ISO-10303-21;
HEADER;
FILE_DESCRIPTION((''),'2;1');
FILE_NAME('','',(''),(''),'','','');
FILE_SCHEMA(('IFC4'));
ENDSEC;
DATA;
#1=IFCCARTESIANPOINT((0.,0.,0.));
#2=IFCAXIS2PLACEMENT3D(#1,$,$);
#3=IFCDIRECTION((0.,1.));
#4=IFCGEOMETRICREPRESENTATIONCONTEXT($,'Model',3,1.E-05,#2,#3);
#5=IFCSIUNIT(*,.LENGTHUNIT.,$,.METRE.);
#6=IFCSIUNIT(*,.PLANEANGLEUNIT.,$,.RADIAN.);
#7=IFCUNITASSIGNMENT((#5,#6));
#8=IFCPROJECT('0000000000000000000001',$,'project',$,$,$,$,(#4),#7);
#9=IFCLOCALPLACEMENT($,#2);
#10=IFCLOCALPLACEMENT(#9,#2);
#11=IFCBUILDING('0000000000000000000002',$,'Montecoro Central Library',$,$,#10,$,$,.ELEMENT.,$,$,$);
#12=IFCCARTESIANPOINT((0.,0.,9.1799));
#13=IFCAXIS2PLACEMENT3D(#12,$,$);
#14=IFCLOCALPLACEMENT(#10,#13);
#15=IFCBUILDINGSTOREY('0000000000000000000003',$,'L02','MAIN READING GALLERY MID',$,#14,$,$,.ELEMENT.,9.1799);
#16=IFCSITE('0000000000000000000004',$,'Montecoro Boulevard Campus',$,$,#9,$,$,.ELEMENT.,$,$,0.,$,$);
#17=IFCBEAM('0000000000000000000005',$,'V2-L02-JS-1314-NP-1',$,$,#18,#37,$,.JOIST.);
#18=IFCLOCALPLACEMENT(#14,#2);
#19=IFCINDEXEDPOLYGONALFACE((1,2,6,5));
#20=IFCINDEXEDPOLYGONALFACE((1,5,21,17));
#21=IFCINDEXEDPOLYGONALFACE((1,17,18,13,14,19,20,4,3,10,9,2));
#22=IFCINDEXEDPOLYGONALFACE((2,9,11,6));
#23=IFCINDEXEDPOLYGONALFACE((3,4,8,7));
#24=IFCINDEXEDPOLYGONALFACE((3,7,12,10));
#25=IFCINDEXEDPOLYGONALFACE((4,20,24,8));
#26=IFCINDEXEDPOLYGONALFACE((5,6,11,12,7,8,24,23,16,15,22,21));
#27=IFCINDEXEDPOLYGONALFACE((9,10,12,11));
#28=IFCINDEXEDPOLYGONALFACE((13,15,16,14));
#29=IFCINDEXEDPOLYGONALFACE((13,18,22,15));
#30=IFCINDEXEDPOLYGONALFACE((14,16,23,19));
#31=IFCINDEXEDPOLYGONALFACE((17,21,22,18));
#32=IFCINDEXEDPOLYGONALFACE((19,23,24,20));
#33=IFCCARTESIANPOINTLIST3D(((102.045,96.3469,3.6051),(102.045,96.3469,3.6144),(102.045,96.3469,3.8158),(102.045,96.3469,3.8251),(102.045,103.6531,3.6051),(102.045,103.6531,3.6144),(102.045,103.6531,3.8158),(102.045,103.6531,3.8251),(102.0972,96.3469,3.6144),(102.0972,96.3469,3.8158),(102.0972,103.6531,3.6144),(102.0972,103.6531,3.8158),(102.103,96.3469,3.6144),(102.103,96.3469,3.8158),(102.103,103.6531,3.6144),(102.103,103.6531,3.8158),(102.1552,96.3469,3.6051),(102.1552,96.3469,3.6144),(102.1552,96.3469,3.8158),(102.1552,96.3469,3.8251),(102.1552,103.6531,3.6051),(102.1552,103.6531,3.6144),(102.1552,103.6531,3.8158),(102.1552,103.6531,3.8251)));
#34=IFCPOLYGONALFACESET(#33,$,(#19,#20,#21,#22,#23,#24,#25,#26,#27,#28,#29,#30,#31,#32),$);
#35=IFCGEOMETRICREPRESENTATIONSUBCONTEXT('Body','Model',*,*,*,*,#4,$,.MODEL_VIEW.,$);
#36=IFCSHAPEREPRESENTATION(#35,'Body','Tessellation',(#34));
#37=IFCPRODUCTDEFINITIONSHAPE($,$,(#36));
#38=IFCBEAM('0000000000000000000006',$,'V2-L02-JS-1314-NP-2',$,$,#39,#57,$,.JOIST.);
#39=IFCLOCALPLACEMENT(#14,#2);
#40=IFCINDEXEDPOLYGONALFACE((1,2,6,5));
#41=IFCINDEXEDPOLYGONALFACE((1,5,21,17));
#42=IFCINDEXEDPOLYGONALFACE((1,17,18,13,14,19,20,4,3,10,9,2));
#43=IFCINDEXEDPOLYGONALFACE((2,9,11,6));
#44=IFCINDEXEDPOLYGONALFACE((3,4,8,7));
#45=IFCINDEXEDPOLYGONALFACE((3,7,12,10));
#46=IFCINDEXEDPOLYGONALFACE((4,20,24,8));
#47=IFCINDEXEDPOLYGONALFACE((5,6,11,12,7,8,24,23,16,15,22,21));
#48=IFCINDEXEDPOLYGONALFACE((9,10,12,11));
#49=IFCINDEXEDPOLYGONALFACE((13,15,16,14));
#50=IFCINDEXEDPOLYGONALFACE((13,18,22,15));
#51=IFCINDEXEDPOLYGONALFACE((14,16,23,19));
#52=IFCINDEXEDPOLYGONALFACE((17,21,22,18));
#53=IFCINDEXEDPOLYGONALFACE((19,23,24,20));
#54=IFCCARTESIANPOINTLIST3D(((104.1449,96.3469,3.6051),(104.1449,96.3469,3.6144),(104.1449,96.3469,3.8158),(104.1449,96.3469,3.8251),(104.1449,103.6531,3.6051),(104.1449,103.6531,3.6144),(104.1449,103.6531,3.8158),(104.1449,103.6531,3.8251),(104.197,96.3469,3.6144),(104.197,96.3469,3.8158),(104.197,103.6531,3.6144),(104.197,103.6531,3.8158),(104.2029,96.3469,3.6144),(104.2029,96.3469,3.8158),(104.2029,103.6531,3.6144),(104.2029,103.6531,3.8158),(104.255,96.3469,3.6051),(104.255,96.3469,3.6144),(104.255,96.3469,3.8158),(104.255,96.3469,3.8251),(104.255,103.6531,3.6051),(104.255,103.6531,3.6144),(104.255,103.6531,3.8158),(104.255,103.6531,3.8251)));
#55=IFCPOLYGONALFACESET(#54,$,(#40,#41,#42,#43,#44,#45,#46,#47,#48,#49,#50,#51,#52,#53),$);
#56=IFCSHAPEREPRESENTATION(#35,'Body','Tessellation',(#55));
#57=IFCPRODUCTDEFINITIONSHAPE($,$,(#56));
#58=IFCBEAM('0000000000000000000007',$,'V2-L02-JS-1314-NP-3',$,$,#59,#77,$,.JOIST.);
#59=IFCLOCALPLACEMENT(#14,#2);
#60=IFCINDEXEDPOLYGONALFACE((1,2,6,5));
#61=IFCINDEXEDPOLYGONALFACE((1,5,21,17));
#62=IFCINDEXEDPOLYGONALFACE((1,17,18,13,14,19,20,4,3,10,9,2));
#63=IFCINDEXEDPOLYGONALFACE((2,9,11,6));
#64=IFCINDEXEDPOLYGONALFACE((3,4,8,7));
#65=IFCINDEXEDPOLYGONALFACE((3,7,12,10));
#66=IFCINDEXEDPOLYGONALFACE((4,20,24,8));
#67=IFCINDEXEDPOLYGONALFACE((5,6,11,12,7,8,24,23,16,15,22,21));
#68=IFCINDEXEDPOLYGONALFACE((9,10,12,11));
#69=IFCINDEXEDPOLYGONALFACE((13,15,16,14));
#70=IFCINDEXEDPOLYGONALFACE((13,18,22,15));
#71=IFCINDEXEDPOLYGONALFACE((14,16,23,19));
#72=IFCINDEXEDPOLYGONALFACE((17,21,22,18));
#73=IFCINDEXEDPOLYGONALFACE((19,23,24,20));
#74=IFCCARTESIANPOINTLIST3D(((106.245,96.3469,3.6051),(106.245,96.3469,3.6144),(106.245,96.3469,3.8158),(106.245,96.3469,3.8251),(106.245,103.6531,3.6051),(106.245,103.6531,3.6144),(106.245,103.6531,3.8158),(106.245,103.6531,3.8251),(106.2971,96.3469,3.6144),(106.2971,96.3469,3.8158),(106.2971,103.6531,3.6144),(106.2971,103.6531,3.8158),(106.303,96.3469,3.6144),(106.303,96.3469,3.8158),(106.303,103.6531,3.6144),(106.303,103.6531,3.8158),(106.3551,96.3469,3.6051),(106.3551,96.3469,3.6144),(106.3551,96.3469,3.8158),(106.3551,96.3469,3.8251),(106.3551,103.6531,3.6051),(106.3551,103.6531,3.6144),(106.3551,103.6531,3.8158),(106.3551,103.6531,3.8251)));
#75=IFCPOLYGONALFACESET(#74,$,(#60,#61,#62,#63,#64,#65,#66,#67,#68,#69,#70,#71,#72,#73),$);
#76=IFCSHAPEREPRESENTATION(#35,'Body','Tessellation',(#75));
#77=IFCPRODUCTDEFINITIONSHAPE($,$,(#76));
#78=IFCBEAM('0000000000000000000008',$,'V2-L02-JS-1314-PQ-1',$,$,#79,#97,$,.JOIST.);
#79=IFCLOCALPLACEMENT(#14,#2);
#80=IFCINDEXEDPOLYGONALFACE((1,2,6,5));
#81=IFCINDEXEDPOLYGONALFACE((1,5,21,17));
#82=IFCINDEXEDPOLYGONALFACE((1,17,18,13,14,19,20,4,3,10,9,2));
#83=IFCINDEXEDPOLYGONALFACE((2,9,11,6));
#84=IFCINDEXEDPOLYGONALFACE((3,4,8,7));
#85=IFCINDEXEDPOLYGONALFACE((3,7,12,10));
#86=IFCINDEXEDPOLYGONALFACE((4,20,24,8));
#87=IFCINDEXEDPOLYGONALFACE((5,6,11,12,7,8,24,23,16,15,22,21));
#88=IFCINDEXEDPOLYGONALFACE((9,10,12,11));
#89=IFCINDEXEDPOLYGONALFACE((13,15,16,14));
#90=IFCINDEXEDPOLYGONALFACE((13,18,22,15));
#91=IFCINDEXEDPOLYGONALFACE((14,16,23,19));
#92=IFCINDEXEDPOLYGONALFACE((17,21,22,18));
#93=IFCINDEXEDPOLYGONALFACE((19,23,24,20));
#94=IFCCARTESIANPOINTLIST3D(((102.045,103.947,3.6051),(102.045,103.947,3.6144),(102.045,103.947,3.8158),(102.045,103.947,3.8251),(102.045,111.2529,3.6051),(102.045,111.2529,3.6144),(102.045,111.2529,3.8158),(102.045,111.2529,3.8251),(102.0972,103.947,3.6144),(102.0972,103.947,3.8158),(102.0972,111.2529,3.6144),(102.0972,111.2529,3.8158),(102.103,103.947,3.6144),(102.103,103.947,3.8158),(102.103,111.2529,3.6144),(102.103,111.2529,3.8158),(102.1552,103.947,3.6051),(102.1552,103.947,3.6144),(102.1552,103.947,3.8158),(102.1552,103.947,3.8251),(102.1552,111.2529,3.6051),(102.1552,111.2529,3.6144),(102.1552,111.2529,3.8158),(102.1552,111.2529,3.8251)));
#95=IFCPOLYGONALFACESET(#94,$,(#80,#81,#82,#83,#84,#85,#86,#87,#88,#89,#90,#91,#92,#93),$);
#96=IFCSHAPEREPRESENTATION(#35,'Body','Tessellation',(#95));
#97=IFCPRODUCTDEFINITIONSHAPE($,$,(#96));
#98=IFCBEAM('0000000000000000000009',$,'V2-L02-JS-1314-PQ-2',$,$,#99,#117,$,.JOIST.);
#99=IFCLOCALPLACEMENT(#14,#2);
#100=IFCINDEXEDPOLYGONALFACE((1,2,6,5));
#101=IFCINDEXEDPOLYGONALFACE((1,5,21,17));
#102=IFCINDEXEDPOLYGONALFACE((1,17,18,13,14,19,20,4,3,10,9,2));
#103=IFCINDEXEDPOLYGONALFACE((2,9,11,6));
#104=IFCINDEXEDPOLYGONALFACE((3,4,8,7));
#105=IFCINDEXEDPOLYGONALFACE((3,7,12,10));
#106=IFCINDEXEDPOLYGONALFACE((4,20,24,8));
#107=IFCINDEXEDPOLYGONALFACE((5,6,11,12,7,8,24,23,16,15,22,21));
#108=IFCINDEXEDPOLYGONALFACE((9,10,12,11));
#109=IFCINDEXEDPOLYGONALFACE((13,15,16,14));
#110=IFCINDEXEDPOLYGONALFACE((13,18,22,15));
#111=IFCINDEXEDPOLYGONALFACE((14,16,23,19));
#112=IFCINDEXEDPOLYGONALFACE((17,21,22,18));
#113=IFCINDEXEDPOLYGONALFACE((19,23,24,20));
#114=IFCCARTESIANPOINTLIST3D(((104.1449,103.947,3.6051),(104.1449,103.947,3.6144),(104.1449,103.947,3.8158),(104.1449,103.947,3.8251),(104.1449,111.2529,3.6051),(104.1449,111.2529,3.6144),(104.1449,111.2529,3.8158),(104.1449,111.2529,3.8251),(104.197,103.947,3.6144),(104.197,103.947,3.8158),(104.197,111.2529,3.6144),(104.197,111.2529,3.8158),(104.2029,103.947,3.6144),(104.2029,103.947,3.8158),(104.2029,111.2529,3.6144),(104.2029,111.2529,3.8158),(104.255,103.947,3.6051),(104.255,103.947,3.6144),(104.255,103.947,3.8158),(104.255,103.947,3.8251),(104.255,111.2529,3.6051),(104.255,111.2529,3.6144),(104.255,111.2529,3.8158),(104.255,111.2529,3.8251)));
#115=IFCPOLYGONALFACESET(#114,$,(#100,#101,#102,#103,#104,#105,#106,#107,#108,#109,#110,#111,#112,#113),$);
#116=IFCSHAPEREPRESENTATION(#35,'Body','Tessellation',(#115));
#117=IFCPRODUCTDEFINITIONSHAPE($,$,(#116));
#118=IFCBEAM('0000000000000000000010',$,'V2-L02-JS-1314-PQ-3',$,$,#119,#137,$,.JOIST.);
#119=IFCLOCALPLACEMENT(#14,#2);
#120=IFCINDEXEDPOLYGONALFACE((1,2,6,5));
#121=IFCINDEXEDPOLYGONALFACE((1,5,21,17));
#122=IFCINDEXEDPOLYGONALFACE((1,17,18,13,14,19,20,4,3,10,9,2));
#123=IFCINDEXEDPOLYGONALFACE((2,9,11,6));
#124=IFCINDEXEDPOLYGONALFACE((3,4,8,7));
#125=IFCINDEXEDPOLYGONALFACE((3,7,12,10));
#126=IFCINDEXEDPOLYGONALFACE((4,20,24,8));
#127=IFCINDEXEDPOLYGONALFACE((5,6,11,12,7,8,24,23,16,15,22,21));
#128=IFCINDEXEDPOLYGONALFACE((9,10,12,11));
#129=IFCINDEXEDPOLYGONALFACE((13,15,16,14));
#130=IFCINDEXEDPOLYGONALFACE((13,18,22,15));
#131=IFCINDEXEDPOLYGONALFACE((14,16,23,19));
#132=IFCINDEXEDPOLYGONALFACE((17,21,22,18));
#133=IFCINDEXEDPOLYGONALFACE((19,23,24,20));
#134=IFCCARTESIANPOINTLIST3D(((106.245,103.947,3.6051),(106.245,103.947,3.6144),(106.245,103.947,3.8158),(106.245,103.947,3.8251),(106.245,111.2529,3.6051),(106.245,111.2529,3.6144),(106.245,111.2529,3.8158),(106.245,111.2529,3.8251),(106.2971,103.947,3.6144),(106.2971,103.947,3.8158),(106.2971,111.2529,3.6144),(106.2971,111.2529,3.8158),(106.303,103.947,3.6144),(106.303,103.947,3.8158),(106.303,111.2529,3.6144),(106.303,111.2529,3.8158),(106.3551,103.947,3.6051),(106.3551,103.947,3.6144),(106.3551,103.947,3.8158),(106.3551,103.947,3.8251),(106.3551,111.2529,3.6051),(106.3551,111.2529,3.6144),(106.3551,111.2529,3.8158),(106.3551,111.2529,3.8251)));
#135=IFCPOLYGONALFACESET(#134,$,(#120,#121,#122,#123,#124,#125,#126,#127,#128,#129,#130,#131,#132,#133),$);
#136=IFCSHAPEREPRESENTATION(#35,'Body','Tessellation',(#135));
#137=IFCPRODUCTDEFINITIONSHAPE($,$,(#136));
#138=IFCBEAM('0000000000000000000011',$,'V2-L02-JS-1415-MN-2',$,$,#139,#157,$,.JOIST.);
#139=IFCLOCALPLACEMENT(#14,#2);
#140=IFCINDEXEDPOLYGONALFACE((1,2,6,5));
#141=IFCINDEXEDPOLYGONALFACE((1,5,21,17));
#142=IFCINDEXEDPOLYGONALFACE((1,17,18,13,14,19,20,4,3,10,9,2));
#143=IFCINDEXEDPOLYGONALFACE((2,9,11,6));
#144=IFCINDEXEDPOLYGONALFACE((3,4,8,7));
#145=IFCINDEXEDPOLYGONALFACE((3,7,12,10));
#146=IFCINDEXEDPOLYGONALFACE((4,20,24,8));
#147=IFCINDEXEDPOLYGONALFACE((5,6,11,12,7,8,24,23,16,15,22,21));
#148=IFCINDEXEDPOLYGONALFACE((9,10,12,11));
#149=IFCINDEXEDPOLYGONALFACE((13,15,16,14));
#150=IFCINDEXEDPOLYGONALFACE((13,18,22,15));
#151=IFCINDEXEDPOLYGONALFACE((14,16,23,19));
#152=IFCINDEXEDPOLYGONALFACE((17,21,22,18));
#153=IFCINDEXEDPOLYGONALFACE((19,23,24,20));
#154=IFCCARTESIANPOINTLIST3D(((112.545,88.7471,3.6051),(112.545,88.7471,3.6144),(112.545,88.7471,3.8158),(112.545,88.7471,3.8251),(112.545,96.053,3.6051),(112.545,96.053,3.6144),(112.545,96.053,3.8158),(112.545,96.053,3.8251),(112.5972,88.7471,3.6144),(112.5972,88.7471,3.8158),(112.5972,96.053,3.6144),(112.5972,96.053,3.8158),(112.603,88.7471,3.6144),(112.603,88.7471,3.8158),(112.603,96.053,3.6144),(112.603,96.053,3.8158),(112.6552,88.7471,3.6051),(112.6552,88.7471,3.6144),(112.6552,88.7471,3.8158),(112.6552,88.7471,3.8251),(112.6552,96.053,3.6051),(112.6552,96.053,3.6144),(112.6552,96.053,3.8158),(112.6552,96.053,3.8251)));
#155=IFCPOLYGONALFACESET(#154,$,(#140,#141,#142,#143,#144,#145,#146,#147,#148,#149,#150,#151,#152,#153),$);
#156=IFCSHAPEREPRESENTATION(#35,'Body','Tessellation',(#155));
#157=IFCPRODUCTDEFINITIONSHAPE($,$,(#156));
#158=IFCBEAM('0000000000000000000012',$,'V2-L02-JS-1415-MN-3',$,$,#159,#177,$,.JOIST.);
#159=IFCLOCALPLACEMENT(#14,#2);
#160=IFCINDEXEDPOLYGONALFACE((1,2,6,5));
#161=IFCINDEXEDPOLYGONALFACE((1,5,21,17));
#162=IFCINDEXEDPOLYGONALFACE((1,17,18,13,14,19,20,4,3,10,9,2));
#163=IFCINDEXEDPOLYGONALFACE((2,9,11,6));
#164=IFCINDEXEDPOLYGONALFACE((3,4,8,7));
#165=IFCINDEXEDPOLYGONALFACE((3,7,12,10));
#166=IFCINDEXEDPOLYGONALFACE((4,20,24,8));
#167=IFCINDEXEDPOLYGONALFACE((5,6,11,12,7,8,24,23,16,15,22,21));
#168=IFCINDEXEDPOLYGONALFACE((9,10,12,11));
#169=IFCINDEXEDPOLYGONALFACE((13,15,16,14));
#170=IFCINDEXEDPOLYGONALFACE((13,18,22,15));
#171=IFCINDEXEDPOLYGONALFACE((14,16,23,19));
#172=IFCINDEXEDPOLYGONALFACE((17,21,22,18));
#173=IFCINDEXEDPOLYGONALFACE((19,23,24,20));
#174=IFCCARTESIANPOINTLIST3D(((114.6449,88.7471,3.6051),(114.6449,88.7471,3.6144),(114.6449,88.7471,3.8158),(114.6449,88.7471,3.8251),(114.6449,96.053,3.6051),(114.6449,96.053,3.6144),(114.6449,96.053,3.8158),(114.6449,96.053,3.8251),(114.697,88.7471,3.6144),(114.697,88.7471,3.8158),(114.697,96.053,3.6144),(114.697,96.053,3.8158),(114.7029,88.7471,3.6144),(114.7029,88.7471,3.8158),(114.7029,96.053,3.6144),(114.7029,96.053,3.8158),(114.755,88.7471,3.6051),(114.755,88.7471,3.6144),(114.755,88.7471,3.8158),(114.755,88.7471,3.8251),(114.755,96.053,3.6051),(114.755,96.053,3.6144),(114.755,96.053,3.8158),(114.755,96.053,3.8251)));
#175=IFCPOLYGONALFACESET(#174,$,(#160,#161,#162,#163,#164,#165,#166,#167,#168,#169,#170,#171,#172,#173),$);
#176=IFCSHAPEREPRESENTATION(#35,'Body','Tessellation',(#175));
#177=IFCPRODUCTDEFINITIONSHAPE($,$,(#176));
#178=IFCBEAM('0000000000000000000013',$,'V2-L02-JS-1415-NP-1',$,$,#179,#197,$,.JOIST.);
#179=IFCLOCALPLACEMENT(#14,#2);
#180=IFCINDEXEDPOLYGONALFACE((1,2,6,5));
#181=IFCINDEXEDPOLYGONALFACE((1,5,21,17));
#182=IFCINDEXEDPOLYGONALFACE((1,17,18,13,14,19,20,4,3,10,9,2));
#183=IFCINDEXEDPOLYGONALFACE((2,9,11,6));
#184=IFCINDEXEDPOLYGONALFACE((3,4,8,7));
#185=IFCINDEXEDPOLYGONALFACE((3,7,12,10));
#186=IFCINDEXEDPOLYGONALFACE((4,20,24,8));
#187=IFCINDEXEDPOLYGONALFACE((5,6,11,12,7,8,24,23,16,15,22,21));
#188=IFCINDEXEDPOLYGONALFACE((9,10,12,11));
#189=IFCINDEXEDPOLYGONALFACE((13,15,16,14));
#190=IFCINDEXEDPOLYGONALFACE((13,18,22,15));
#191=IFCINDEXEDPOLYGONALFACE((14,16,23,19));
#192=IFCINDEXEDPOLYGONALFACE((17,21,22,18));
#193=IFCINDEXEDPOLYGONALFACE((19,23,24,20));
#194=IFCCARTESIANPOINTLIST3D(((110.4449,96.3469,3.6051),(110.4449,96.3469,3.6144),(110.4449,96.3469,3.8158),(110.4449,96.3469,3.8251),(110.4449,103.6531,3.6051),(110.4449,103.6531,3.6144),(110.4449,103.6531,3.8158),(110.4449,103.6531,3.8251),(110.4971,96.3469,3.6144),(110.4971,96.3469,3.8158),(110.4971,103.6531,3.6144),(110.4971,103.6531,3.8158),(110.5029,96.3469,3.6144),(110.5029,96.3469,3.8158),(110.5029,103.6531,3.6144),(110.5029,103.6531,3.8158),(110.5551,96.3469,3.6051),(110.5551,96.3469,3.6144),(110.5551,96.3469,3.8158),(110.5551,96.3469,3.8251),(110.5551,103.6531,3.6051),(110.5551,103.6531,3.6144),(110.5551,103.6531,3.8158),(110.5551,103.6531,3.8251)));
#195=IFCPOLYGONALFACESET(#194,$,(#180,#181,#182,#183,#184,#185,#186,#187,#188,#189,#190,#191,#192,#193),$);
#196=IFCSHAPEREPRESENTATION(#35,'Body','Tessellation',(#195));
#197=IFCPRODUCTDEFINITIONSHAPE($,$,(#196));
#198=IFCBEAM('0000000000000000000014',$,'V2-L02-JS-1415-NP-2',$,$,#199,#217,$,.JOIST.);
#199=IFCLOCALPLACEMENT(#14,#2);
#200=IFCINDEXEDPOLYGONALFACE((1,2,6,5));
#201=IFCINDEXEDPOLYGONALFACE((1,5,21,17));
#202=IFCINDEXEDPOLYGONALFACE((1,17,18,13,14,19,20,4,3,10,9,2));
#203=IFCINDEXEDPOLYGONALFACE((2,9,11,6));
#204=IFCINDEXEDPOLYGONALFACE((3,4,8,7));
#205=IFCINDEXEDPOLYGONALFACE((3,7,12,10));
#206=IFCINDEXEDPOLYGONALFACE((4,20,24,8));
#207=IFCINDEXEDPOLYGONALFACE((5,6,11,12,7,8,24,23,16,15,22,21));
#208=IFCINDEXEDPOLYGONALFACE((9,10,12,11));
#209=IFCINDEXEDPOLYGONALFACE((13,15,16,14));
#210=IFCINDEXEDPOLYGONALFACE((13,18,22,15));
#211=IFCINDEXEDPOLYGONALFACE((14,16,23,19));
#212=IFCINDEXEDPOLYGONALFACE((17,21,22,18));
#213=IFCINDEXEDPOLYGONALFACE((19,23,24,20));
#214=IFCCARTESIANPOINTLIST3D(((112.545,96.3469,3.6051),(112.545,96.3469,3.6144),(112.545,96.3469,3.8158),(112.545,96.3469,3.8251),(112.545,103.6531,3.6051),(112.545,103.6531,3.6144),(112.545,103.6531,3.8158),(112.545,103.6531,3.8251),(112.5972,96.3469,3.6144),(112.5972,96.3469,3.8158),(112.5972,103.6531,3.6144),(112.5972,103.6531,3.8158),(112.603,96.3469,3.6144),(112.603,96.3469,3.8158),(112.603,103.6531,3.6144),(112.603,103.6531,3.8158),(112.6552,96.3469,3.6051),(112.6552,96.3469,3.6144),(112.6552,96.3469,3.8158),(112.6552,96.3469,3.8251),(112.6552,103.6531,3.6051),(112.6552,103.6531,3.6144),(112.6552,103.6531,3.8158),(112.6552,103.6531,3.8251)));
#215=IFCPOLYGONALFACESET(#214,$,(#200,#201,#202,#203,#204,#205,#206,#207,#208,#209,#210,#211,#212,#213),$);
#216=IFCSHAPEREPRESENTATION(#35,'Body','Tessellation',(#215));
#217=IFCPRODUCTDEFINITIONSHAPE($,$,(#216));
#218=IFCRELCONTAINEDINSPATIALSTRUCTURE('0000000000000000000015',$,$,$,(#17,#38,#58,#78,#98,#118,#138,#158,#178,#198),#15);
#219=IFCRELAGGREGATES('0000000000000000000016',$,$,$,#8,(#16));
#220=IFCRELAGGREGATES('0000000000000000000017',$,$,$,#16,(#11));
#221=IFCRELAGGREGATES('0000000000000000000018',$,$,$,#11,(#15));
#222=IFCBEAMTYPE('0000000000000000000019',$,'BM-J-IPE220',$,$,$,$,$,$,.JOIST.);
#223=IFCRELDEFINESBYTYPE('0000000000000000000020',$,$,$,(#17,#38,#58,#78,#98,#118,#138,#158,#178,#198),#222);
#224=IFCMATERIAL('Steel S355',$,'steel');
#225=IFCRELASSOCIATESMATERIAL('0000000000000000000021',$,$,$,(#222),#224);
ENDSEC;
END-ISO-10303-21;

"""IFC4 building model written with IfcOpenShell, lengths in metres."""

from ifc_helpers import new_model, si_unit, direction, frame, origin, origin_2d, place, context, subcontext, project, spatial, i_section, extrude, material, material_profile, profile_set, type_object, element, save


model = new_model("IFC4")

# Units and contexts
model_context = context("Model", 3, precision=1e-05, world=origin(), true_north=direction((0.0, 1.0)))
body_context = subcontext(model_context, "Body", "Model", "MODEL_VIEW")
ifc_project = project(units=[si_unit("LENGTHUNIT", "METRE"), si_unit("PLANEANGLEUNIT", "RADIAN")], contexts=[model_context])

# Site, building, storey
site_placement = place(None, origin())
site = spatial("IfcSite", under=ifc_project, at=site_placement, Name="Montecoro Boulevard Campus", CompositionType="ELEMENT", RefElevation=0.0)
building_placement = place(site_placement, origin())
building = spatial("IfcBuilding", under=site, at=building_placement, Name="Montecoro Central Library", CompositionType="ELEMENT")
storey_placement = place(building_placement, frame((0.0, 0.0, 9.1799)))
storey = spatial("IfcBuildingStorey", under=building, at=storey_placement, Name="L02", Description="MAIN READING GALLERY MID", CompositionType="ELEMENT", Elevation=9.1799)

# Shared definitions
ifc_material_1 = material(Name="Steel S355", Category="steel")

# Beams
ifc_material_profile_1 = material_profile(ifc_material_1, i_section(OverallWidth=0.1101, OverallDepth=0.22, WebThickness=0.0059, FlangeThickness=0.0093, at=origin_2d()), Name="IPE 220")
ifc_profile_set_1 = profile_set([ifc_material_profile_1], Name="Steel S355")
beam_type_1 = type_object("IfcBeamType", Name="BM-J-IPE220", PredefinedType="JOIST", material=ifc_profile_set_1)
for number, where, z_axis, x_axis, name in (
    (1, (102.1001, 96.3469, 3.7151), (0.0, 1.0, 0.0), (-1.0, 0.0, 0.0), "V2-L02-JS-1314-NP-1"),
    (2, (104.2, 96.3469, 3.7151), (0.0, 1.0, 0.0), (-1.0, 0.0, 0.0), "V2-L02-JS-1314-NP-2"),
    (3, (106.3, 96.3469, 3.7151), (0.0, 1.0, 0.0), (-1.0, 0.0, 0.0), "V2-L02-JS-1314-NP-3"),
):
    element("IfcBeam", number, at=place(storey_placement, frame(where, z_axis=z_axis, x_axis=x_axis)), inside=storey, type_object=beam_type_1, Name=name, PredefinedType="JOIST", context=body_context, shape_type="SweptSolid", body=[
        extrude(i_section(OverallWidth=0.1101, OverallDepth=0.22, WebThickness=0.0059, FlangeThickness=0.0093, at=origin_2d()), origin(), (0.0, 0.0, 1.0), 7.3062),
    ])
for number, where, z_axis, x_axis, name in (
    (4, (102.1001, 103.947, 3.7151), (0.0, 1.0, 0.0), (-1.0, 0.0, 0.0), "V2-L02-JS-1314-PQ-1"),
    (5, (104.2, 103.947, 3.7151), (0.0, 1.0, 0.0), (-1.0, 0.0, 0.0), "V2-L02-JS-1314-PQ-2"),
    (6, (106.3, 103.947, 3.7151), (0.0, 1.0, 0.0), (-1.0, 0.0, 0.0), "V2-L02-JS-1314-PQ-3"),
    (7, (112.6001, 88.7471, 3.7151), (0.0, 1.0, 0.0), (-1.0, 0.0, 0.0), "V2-L02-JS-1415-MN-2"),
    (8, (114.7, 88.7471, 3.7151), (0.0, 1.0, 0.0), (-1.0, 0.0, 0.0), "V2-L02-JS-1415-MN-3"),
):
    element("IfcBeam", number, at=place(storey_placement, frame(where, z_axis=z_axis, x_axis=x_axis)), inside=storey, type_object=beam_type_1, Name=name, PredefinedType="JOIST", context=body_context, shape_type="SweptSolid", body=[
        extrude(i_section(OverallWidth=0.1101, OverallDepth=0.22, WebThickness=0.0059, FlangeThickness=0.0093, at=origin_2d()), origin(), (0.0, 0.0, 1.0), 7.3059),
    ])
for number, where, z_axis, x_axis, name in (
    (9, (110.5, 96.3469, 3.7151), (0.0, 1.0, 0.0), (-1.0, 0.0, 0.0), "V2-L02-JS-1415-NP-1"),
    (10, (112.6001, 96.3469, 3.7151), (0.0, 1.0, 0.0), (-1.0, 0.0, 0.0), "V2-L02-JS-1415-NP-2"),
):
    element("IfcBeam", number, at=place(storey_placement, frame(where, z_axis=z_axis, x_axis=x_axis)), inside=storey, type_object=beam_type_1, Name=name, PredefinedType="JOIST", context=body_context, shape_type="SweptSolid", body=[
        extrude(i_section(OverallWidth=0.1101, OverallDepth=0.22, WebThickness=0.0059, FlangeThickness=0.0093, at=origin_2d()), origin(), (0.0, 0.0, 1.0), 7.3062),
    ])

save(model, "model.ifc")
